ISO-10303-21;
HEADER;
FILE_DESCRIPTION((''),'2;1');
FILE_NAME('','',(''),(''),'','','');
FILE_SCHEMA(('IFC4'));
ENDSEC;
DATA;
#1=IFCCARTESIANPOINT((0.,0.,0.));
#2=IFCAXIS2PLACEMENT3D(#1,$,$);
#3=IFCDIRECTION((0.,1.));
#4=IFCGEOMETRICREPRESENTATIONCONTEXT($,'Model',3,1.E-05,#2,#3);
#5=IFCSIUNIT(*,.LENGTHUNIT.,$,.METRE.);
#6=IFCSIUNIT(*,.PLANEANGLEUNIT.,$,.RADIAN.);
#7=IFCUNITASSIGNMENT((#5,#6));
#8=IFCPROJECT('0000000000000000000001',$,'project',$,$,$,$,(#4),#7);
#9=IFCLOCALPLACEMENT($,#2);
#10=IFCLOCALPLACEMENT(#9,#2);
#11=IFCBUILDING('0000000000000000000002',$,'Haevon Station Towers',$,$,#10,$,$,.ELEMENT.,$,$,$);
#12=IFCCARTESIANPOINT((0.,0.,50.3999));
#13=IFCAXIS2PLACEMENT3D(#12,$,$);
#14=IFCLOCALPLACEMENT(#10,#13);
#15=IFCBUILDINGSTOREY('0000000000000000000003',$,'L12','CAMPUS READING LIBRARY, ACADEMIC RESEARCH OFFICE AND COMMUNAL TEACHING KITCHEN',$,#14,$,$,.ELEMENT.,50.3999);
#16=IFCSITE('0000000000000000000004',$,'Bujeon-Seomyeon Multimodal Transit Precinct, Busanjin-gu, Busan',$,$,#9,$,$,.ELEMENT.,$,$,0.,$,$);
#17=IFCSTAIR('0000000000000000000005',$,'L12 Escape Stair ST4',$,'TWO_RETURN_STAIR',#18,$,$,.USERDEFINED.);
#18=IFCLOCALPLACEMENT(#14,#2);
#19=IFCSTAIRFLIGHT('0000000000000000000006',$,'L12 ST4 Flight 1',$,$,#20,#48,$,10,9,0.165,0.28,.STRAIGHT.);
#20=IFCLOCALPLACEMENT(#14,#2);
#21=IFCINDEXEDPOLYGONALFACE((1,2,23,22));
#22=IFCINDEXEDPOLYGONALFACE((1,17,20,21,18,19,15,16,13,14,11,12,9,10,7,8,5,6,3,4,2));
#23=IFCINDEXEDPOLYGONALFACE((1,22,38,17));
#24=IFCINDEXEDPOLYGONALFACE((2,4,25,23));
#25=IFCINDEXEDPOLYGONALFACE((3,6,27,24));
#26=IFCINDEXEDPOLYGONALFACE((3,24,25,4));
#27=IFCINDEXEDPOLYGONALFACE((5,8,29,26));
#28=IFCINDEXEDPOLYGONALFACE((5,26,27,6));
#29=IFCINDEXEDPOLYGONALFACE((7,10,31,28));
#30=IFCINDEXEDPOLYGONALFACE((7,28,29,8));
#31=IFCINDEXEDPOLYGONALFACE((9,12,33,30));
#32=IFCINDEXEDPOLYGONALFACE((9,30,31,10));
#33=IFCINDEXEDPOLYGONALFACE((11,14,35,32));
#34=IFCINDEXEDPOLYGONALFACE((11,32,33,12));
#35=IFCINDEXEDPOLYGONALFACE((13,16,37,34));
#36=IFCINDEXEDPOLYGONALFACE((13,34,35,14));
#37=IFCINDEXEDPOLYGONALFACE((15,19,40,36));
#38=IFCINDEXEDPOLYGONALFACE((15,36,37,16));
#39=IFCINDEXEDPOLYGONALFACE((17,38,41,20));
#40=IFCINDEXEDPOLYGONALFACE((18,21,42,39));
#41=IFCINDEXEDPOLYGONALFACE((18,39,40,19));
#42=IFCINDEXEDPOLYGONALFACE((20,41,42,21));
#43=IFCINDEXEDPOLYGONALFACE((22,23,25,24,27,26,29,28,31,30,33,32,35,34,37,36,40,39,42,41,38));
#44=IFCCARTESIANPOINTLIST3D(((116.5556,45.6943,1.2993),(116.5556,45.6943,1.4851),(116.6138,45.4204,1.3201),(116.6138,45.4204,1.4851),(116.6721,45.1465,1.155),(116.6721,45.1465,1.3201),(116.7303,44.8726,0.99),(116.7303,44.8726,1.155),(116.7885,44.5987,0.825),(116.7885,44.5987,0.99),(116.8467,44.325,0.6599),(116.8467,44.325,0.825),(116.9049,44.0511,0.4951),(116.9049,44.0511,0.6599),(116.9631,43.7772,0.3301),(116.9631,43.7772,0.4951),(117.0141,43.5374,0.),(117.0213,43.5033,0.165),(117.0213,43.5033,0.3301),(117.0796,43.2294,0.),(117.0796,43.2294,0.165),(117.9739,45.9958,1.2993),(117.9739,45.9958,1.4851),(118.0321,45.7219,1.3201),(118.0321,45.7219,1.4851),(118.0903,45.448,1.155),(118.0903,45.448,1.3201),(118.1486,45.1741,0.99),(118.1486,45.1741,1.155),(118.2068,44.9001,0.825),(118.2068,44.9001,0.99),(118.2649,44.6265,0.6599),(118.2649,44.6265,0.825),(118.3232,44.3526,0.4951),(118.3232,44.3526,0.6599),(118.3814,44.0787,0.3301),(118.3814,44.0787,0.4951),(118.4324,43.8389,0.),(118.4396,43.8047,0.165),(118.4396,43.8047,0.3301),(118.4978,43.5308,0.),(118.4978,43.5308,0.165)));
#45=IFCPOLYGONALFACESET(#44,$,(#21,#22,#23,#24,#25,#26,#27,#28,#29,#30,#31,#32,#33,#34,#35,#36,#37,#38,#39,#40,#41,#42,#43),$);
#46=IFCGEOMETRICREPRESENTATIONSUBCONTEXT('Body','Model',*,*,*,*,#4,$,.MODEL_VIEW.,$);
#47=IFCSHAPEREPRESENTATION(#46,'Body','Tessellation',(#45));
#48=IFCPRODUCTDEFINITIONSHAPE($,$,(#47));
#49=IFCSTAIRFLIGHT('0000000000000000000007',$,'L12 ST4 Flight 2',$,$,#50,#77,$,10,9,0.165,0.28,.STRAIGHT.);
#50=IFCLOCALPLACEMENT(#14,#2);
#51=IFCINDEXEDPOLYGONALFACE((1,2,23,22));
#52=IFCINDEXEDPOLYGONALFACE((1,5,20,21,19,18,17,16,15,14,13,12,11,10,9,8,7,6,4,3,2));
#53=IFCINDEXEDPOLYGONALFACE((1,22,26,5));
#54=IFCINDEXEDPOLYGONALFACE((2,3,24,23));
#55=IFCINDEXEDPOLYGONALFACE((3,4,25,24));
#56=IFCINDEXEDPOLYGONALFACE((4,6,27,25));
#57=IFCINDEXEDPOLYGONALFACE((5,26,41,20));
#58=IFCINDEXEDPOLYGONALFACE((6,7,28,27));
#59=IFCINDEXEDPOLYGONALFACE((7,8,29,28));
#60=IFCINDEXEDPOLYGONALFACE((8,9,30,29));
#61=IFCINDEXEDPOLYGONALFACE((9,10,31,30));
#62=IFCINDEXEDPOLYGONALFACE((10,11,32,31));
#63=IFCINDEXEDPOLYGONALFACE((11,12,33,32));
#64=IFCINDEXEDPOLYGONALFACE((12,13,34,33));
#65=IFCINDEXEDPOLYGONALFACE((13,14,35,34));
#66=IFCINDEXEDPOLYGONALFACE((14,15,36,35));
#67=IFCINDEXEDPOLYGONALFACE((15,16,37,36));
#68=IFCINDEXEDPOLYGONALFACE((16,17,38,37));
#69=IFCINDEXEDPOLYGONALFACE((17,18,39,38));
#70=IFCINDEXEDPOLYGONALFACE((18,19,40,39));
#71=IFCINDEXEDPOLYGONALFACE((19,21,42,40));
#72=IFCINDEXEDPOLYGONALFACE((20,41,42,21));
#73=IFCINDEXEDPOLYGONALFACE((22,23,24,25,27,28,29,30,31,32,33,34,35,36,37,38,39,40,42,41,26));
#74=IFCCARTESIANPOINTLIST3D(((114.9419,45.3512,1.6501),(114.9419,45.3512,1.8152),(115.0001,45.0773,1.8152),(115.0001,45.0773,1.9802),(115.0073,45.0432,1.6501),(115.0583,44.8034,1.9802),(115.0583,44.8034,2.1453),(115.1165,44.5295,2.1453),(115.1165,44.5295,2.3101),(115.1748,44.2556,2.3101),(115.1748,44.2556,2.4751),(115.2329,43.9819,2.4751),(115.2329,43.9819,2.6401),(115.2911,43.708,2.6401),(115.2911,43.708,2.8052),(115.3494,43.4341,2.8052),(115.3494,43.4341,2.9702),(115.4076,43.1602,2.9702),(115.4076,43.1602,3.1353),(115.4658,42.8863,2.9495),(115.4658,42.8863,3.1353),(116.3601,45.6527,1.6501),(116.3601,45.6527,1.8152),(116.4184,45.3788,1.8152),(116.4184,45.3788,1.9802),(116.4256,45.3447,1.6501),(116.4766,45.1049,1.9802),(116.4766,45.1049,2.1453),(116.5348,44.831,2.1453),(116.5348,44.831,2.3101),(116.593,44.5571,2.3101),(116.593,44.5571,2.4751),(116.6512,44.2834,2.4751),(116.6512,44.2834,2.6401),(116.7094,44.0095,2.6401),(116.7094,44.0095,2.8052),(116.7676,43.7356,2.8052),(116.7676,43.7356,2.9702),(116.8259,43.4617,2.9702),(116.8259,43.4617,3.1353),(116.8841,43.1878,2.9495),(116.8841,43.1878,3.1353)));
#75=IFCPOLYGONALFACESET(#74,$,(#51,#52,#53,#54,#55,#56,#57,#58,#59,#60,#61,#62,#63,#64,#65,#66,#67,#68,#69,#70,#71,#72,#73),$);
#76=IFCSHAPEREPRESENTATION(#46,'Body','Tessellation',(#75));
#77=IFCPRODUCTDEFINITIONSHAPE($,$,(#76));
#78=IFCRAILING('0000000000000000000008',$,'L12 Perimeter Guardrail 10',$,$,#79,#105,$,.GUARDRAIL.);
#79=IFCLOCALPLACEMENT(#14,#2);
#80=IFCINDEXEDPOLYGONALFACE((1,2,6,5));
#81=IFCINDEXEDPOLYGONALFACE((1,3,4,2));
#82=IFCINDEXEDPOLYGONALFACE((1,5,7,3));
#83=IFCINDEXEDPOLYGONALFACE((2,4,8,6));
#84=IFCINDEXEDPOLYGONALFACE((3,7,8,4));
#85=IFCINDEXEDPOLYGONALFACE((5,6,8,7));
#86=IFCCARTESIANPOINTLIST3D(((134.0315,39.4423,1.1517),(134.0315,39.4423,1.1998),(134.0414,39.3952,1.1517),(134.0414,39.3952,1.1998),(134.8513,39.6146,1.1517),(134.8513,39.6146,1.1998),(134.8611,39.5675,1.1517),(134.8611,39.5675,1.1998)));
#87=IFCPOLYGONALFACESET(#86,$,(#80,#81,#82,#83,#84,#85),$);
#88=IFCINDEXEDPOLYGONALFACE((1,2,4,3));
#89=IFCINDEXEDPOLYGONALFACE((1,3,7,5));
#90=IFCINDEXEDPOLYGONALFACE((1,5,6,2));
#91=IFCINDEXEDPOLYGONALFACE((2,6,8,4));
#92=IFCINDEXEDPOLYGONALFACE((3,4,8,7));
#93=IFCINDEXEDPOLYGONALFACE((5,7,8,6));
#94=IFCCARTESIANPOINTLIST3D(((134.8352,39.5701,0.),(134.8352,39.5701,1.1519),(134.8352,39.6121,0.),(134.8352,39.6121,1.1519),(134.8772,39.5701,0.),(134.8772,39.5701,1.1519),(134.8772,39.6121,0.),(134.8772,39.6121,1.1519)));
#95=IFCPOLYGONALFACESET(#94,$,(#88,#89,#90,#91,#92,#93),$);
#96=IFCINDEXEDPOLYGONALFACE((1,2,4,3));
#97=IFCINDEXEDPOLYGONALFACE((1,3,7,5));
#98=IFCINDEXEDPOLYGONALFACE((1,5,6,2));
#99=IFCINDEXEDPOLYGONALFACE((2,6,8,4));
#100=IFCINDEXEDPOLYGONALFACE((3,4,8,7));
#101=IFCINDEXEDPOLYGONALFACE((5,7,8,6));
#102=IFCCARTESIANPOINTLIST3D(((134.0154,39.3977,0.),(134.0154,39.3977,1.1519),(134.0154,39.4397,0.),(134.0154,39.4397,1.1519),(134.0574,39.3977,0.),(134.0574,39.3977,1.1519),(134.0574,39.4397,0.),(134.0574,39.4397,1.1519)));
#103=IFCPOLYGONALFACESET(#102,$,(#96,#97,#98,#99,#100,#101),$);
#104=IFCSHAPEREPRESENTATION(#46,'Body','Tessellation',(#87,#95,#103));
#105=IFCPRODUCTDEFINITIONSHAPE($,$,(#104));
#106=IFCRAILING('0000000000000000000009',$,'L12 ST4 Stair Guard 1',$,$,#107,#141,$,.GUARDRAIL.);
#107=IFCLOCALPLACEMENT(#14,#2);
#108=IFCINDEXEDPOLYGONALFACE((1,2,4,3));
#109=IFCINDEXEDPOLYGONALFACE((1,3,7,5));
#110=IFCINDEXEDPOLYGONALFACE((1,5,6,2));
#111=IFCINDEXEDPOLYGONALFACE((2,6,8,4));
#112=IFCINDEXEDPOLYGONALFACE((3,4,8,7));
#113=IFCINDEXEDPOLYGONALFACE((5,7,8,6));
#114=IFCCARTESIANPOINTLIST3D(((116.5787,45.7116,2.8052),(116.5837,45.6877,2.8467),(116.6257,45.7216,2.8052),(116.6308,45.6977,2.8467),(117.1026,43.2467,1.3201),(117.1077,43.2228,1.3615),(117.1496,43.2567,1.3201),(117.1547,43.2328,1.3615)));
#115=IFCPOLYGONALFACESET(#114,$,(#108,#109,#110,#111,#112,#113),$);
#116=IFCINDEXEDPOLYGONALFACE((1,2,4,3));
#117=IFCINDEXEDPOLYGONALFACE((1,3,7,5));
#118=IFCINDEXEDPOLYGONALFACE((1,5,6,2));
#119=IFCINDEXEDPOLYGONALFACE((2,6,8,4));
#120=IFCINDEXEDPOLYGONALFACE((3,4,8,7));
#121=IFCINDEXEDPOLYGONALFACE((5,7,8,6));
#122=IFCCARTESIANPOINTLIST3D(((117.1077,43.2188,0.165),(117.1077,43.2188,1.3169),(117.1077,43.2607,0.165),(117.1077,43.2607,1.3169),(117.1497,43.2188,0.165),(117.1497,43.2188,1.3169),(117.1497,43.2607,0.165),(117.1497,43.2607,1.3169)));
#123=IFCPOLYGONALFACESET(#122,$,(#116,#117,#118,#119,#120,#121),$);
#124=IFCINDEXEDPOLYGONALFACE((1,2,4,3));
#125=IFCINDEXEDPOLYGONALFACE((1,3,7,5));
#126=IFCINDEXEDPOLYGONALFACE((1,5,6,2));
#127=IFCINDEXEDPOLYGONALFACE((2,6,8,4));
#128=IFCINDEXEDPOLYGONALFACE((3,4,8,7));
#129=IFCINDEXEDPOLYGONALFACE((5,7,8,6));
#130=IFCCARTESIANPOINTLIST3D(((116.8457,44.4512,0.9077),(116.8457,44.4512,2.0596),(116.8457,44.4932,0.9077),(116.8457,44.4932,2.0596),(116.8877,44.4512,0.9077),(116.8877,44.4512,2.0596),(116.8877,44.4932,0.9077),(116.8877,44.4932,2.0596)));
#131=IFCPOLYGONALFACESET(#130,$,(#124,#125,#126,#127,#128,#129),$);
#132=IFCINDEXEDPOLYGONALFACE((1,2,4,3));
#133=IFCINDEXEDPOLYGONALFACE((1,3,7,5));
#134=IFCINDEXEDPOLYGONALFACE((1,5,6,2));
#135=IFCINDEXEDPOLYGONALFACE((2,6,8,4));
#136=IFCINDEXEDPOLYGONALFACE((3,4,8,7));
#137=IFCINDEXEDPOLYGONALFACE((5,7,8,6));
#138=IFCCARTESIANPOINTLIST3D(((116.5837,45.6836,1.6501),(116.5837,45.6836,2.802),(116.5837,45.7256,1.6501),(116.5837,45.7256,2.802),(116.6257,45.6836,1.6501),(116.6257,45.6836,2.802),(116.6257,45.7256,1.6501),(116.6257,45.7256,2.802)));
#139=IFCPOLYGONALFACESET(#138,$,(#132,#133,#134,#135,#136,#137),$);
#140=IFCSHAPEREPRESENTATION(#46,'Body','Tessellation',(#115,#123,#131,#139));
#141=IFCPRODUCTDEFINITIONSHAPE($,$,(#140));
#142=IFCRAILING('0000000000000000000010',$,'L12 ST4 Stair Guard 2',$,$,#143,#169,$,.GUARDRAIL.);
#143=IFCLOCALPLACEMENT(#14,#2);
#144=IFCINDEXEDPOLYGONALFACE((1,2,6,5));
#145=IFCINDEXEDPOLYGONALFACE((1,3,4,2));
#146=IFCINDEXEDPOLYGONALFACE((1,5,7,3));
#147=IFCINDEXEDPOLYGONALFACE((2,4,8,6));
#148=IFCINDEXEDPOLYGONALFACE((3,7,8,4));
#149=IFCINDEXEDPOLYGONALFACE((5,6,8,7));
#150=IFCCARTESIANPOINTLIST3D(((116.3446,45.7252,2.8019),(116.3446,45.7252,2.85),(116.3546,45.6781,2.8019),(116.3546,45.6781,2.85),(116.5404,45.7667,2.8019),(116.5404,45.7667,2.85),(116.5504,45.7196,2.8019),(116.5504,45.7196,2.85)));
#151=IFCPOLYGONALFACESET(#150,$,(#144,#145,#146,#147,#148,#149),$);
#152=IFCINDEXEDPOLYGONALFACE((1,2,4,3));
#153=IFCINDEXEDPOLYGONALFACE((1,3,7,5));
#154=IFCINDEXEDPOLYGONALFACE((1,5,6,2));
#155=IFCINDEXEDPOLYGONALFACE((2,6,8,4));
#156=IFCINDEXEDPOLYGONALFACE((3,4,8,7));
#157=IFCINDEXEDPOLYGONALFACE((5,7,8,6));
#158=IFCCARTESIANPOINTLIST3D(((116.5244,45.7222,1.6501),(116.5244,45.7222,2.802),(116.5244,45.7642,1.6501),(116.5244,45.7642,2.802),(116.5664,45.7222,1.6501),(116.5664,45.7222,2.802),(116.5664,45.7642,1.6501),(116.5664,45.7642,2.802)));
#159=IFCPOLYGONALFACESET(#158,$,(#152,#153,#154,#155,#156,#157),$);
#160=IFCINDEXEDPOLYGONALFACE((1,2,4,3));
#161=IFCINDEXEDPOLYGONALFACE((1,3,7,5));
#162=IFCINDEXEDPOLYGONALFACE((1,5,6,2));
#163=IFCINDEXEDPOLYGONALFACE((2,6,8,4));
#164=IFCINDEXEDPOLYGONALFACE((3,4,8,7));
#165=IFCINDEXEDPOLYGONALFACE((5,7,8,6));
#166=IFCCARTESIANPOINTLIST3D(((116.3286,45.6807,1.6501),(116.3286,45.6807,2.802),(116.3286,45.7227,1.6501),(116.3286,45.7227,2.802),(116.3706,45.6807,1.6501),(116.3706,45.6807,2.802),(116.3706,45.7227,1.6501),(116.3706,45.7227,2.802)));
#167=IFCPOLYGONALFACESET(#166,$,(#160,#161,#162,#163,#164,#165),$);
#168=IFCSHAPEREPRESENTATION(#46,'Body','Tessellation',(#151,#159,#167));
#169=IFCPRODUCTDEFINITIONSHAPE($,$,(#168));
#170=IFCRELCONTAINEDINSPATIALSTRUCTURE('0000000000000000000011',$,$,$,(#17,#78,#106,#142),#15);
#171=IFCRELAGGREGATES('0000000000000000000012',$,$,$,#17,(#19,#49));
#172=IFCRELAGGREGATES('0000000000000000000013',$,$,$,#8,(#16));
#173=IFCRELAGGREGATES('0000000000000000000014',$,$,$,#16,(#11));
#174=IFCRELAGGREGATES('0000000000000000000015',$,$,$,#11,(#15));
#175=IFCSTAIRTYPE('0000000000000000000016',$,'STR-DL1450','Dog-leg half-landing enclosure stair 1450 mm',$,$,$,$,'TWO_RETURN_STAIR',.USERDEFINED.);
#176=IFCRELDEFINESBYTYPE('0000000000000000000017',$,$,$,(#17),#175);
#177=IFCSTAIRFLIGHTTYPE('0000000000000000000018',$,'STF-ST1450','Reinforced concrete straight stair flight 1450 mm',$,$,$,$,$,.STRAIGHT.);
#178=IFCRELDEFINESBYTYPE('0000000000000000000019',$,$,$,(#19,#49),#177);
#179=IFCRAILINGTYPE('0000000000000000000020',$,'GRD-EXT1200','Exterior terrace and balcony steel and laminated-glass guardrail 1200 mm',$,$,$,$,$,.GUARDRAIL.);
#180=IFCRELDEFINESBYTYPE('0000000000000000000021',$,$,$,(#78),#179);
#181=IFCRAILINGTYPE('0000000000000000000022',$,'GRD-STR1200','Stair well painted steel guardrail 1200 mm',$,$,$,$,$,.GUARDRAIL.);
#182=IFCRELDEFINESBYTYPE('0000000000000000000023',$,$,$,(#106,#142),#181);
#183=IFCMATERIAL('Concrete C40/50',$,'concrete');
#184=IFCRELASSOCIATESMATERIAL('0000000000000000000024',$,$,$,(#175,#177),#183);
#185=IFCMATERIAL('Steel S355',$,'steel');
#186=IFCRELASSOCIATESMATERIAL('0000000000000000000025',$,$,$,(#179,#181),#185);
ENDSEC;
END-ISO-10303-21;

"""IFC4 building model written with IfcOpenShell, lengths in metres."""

from ifc_helpers import new_model, si_unit, direction, frame, origin, origin_2d, place, context, subcontext, project, spatial, polyline, rectangle, outline, extrude, material, type_object, element, aggregate, save


model = new_model("IFC4")

# Units and contexts
model_context = context("Model", 3, precision=1e-05, world=origin(), true_north=direction((0.0, 1.0)))
body_context = subcontext(model_context, "Body", "Model", "MODEL_VIEW")
ifc_project = project(units=[si_unit("LENGTHUNIT", "METRE"), si_unit("PLANEANGLEUNIT", "RADIAN")], contexts=[model_context])

# Site, building, storey
site_placement = place(None, origin())
site = spatial("IfcSite", under=ifc_project, at=site_placement, Name="Bujeon-Seomyeon Multimodal Transit Precinct, Busanjin-gu, Busan", CompositionType="ELEMENT", RefElevation=0.0)
building_placement = place(site_placement, origin())
building = spatial("IfcBuilding", under=site, at=building_placement, Name="Haevon Station Towers", CompositionType="ELEMENT")
storey_placement = place(building_placement, frame((0.0, 0.0, 50.3999)))
storey = spatial("IfcBuildingStorey", under=building, at=storey_placement, Name="L12", Description="CAMPUS READING LIBRARY, ACADEMIC RESEARCH OFFICE AND COMMUNAL TEACHING KITCHEN", CompositionType="ELEMENT", Elevation=50.3999)

# Shared definitions
ifc_material_1 = material(Name="Steel S355", Category="steel")

# Stair, stair flights
ifc_material_2 = material(Name="Concrete C40/50", Category="concrete")
stair_type = type_object("IfcStairType", Name="STR-DL1450", Description="Dog-leg half-landing enclosure stair 1450 mm", ElementType="TWO_RETURN_STAIR", PredefinedType="USERDEFINED", material=ifc_material_2)
stair_placement = place(storey_placement, origin())
stair = element("IfcStair", 1, at=stair_placement, inside=storey, type_object=stair_type, Name="L12 Escape Stair ST4", ObjectType="TWO_RETURN_STAIR", PredefinedType="USERDEFINED")
stair_flight_type = type_object("IfcStairFlightType", Name="STF-ST1450", Description="Reinforced concrete straight stair flight 1450 mm", PredefinedType="STRAIGHT", material=ifc_material_2)
stair_flight_1_placement = place(storey_placement, frame((117.7888, 43.3801, 0.0), z_axis=(0.0, 0.0, 1.0), x_axis=(-0.207912, 0.978148, 0.0)))
stair_flight_1 = element("IfcStairFlight", 2, at=stair_flight_1_placement, type_object=stair_flight_type, Name="L12 ST4 Flight 1", NumberOfRisers=10, NumberOfTreads=9, PredefinedType="STRAIGHT", RiserHeight=0.165, TreadLength=0.28, context=body_context, shape_type="SweptSolid", body=[
    extrude(outline(polyline([(0.0, 0.0), (0.0, 0.165), (0.28, 0.165), (0.28, 0.3301), (0.5601, 0.3301), (0.5601, 0.4951), (0.8401, 0.4951), (0.8401, 0.6599), (1.1201, 0.6599), (1.1201, 0.825), (1.3999, 0.825), (1.3999, 0.99), (1.6799, 0.99), (1.6799, 1.155), (1.96, 1.155), (1.96, 1.3201), (2.24, 1.3201), (2.24, 1.4851), (2.52, 1.4851), (2.52, 1.6499), (2.52, 1.2993), (0.3149, 0.0), (0.0, 0.0)])), frame((0.0, 0.7251, 0.0), z_axis=(0.0, -1.0, 0.0), x_axis=(1.0, 0.0, 0.0)), (0.0, 0.0, 1.0), 1.45),
])
stair_flight_2_placement = place(storey_placement, frame((115.6509, 45.502, 1.6501), z_axis=(0.0, 0.0, 1.0), x_axis=(0.207912, -0.978148, 0.0)))
stair_flight_2 = element("IfcStairFlight", 3, at=stair_flight_2_placement, type_object=stair_flight_type, Name="L12 ST4 Flight 2", NumberOfRisers=10, NumberOfTreads=9, PredefinedType="STRAIGHT", RiserHeight=0.165, TreadLength=0.28, context=body_context, shape_type="SweptSolid", body=[
    extrude(outline(polyline([(0.0, 0.0), (0.0, 0.165), (0.28, 0.165), (0.28, 0.3301), (0.5601, 0.3301), (0.5601, 0.4951), (0.8401, 0.4951), (0.8401, 0.6599), (1.1201, 0.6599), (1.1201, 0.825), (1.3999, 0.825), (1.3999, 0.99), (1.6799, 0.99), (1.6799, 1.155), (1.96, 1.155), (1.96, 1.3201), (2.24, 1.3201), (2.24, 1.4851), (2.52, 1.4851), (2.52, 1.6499), (2.52, 1.2993), (0.3149, 0.0), (0.0, 0.0)])), frame((0.0, 0.7251, 0.0), z_axis=(0.0, -1.0, 0.0), x_axis=(1.0, 0.0, 0.0)), (0.0, 0.0, 1.0), 1.45),
])
aggregate(stair, [stair_flight_1, stair_flight_2])

# Railings
railing_type_1 = type_object("IfcRailingType", Name="GRD-EXT1200", Description="Exterior terrace and balcony steel and laminated-glass guardrail 1200 mm", PredefinedType="GUARDRAIL", material=ifc_material_1)
railing_1_placement = place(storey_placement, frame((134.8562, 39.5911, 0.0)))
element("IfcRailing", 4, at=railing_1_placement, inside=storey, type_object=railing_type_1, Name="L12 Perimeter Guardrail 10", PredefinedType="GUARDRAIL", context=body_context, shape_type="SweptSolid", body=[
    extrude(rectangle(XDim=0.0481, YDim=0.0481, at=origin_2d()), frame((0.0, 0.0, 1.1758), z_axis=(-0.978605, -0.205746, 0.0), x_axis=(0.205746, -0.978605, 0.0)), (0.0, 0.0, 1.0), 0.8376),
    extrude(rectangle(XDim=0.042, YDim=0.042, at=origin_2d()), origin(), (0.0, 0.0, 1.0), 1.1519),
    extrude(rectangle(XDim=0.042, YDim=0.042, at=origin_2d()), frame((-0.8198, -0.1724, 0.0)), (0.0, 0.0, 1.0), 1.1519),
])
railing_type_2 = type_object("IfcRailingType", Name="GRD-STR1200", Description="Stair well painted steel guardrail 1200 mm", PredefinedType="GUARDRAIL", material=ifc_material_1)
railing_2_placement = place(storey_placement, frame((117.1287, 43.2397, 0.165)))
element("IfcRailing", 5, at=railing_2_placement, inside=storey, type_object=railing_type_2, Name="L12 ST4 Stair Guard 1", PredefinedType="GUARDRAIL", context=body_context, shape_type="SweptSolid", body=[
    extrude(rectangle(XDim=0.0481, YDim=0.0481, at=origin_2d()), frame((0.0, 0.0, 1.1758), z_axis=(-0.179121, 0.842688, 0.507733), x_axis=(-0.978147, -0.207914, 0.0)), (0.0, 0.0, 1.0), 2.925),
    extrude(rectangle(XDim=0.042, YDim=0.042, at=origin_2d()), origin(), (0.0, 0.0, 1.0), 1.1519),
    extrude(rectangle(XDim=0.042, YDim=0.042, at=origin_2d()), frame((-0.262, 1.2324, 0.7427)), (0.0, 0.0, 1.0), 1.1519),
    extrude(rectangle(XDim=0.042, YDim=0.042, at=origin_2d()), frame((-0.5239, 2.4648, 1.4851)), (0.0, 0.0, 1.0), 1.1519),
])
railing_3_placement = place(storey_placement, frame((116.5454, 45.7432, 1.6501)))
element("IfcRailing", 6, at=railing_3_placement, inside=storey, type_object=railing_type_2, Name="L12 ST4 Stair Guard 2", PredefinedType="GUARDRAIL", context=body_context, shape_type="SweptSolid", body=[
    extrude(rectangle(XDim=0.0481, YDim=0.0481, at=origin_2d()), frame((0.0, 0.0, 1.1758), z_axis=(-0.978264, -0.207363, 0.0), x_axis=(0.207363, -0.978264, 0.0)), (0.0, 0.0, 1.0), 0.2002),
    extrude(rectangle(XDim=0.042, YDim=0.042, at=origin_2d()), origin(), (0.0, 0.0, 1.0), 1.1519),
    extrude(rectangle(XDim=0.042, YDim=0.042, at=origin_2d()), frame((-0.1958, -0.0415, 0.0)), (0.0, 0.0, 1.0), 1.1519),
])

save(model, "model.ifc")
